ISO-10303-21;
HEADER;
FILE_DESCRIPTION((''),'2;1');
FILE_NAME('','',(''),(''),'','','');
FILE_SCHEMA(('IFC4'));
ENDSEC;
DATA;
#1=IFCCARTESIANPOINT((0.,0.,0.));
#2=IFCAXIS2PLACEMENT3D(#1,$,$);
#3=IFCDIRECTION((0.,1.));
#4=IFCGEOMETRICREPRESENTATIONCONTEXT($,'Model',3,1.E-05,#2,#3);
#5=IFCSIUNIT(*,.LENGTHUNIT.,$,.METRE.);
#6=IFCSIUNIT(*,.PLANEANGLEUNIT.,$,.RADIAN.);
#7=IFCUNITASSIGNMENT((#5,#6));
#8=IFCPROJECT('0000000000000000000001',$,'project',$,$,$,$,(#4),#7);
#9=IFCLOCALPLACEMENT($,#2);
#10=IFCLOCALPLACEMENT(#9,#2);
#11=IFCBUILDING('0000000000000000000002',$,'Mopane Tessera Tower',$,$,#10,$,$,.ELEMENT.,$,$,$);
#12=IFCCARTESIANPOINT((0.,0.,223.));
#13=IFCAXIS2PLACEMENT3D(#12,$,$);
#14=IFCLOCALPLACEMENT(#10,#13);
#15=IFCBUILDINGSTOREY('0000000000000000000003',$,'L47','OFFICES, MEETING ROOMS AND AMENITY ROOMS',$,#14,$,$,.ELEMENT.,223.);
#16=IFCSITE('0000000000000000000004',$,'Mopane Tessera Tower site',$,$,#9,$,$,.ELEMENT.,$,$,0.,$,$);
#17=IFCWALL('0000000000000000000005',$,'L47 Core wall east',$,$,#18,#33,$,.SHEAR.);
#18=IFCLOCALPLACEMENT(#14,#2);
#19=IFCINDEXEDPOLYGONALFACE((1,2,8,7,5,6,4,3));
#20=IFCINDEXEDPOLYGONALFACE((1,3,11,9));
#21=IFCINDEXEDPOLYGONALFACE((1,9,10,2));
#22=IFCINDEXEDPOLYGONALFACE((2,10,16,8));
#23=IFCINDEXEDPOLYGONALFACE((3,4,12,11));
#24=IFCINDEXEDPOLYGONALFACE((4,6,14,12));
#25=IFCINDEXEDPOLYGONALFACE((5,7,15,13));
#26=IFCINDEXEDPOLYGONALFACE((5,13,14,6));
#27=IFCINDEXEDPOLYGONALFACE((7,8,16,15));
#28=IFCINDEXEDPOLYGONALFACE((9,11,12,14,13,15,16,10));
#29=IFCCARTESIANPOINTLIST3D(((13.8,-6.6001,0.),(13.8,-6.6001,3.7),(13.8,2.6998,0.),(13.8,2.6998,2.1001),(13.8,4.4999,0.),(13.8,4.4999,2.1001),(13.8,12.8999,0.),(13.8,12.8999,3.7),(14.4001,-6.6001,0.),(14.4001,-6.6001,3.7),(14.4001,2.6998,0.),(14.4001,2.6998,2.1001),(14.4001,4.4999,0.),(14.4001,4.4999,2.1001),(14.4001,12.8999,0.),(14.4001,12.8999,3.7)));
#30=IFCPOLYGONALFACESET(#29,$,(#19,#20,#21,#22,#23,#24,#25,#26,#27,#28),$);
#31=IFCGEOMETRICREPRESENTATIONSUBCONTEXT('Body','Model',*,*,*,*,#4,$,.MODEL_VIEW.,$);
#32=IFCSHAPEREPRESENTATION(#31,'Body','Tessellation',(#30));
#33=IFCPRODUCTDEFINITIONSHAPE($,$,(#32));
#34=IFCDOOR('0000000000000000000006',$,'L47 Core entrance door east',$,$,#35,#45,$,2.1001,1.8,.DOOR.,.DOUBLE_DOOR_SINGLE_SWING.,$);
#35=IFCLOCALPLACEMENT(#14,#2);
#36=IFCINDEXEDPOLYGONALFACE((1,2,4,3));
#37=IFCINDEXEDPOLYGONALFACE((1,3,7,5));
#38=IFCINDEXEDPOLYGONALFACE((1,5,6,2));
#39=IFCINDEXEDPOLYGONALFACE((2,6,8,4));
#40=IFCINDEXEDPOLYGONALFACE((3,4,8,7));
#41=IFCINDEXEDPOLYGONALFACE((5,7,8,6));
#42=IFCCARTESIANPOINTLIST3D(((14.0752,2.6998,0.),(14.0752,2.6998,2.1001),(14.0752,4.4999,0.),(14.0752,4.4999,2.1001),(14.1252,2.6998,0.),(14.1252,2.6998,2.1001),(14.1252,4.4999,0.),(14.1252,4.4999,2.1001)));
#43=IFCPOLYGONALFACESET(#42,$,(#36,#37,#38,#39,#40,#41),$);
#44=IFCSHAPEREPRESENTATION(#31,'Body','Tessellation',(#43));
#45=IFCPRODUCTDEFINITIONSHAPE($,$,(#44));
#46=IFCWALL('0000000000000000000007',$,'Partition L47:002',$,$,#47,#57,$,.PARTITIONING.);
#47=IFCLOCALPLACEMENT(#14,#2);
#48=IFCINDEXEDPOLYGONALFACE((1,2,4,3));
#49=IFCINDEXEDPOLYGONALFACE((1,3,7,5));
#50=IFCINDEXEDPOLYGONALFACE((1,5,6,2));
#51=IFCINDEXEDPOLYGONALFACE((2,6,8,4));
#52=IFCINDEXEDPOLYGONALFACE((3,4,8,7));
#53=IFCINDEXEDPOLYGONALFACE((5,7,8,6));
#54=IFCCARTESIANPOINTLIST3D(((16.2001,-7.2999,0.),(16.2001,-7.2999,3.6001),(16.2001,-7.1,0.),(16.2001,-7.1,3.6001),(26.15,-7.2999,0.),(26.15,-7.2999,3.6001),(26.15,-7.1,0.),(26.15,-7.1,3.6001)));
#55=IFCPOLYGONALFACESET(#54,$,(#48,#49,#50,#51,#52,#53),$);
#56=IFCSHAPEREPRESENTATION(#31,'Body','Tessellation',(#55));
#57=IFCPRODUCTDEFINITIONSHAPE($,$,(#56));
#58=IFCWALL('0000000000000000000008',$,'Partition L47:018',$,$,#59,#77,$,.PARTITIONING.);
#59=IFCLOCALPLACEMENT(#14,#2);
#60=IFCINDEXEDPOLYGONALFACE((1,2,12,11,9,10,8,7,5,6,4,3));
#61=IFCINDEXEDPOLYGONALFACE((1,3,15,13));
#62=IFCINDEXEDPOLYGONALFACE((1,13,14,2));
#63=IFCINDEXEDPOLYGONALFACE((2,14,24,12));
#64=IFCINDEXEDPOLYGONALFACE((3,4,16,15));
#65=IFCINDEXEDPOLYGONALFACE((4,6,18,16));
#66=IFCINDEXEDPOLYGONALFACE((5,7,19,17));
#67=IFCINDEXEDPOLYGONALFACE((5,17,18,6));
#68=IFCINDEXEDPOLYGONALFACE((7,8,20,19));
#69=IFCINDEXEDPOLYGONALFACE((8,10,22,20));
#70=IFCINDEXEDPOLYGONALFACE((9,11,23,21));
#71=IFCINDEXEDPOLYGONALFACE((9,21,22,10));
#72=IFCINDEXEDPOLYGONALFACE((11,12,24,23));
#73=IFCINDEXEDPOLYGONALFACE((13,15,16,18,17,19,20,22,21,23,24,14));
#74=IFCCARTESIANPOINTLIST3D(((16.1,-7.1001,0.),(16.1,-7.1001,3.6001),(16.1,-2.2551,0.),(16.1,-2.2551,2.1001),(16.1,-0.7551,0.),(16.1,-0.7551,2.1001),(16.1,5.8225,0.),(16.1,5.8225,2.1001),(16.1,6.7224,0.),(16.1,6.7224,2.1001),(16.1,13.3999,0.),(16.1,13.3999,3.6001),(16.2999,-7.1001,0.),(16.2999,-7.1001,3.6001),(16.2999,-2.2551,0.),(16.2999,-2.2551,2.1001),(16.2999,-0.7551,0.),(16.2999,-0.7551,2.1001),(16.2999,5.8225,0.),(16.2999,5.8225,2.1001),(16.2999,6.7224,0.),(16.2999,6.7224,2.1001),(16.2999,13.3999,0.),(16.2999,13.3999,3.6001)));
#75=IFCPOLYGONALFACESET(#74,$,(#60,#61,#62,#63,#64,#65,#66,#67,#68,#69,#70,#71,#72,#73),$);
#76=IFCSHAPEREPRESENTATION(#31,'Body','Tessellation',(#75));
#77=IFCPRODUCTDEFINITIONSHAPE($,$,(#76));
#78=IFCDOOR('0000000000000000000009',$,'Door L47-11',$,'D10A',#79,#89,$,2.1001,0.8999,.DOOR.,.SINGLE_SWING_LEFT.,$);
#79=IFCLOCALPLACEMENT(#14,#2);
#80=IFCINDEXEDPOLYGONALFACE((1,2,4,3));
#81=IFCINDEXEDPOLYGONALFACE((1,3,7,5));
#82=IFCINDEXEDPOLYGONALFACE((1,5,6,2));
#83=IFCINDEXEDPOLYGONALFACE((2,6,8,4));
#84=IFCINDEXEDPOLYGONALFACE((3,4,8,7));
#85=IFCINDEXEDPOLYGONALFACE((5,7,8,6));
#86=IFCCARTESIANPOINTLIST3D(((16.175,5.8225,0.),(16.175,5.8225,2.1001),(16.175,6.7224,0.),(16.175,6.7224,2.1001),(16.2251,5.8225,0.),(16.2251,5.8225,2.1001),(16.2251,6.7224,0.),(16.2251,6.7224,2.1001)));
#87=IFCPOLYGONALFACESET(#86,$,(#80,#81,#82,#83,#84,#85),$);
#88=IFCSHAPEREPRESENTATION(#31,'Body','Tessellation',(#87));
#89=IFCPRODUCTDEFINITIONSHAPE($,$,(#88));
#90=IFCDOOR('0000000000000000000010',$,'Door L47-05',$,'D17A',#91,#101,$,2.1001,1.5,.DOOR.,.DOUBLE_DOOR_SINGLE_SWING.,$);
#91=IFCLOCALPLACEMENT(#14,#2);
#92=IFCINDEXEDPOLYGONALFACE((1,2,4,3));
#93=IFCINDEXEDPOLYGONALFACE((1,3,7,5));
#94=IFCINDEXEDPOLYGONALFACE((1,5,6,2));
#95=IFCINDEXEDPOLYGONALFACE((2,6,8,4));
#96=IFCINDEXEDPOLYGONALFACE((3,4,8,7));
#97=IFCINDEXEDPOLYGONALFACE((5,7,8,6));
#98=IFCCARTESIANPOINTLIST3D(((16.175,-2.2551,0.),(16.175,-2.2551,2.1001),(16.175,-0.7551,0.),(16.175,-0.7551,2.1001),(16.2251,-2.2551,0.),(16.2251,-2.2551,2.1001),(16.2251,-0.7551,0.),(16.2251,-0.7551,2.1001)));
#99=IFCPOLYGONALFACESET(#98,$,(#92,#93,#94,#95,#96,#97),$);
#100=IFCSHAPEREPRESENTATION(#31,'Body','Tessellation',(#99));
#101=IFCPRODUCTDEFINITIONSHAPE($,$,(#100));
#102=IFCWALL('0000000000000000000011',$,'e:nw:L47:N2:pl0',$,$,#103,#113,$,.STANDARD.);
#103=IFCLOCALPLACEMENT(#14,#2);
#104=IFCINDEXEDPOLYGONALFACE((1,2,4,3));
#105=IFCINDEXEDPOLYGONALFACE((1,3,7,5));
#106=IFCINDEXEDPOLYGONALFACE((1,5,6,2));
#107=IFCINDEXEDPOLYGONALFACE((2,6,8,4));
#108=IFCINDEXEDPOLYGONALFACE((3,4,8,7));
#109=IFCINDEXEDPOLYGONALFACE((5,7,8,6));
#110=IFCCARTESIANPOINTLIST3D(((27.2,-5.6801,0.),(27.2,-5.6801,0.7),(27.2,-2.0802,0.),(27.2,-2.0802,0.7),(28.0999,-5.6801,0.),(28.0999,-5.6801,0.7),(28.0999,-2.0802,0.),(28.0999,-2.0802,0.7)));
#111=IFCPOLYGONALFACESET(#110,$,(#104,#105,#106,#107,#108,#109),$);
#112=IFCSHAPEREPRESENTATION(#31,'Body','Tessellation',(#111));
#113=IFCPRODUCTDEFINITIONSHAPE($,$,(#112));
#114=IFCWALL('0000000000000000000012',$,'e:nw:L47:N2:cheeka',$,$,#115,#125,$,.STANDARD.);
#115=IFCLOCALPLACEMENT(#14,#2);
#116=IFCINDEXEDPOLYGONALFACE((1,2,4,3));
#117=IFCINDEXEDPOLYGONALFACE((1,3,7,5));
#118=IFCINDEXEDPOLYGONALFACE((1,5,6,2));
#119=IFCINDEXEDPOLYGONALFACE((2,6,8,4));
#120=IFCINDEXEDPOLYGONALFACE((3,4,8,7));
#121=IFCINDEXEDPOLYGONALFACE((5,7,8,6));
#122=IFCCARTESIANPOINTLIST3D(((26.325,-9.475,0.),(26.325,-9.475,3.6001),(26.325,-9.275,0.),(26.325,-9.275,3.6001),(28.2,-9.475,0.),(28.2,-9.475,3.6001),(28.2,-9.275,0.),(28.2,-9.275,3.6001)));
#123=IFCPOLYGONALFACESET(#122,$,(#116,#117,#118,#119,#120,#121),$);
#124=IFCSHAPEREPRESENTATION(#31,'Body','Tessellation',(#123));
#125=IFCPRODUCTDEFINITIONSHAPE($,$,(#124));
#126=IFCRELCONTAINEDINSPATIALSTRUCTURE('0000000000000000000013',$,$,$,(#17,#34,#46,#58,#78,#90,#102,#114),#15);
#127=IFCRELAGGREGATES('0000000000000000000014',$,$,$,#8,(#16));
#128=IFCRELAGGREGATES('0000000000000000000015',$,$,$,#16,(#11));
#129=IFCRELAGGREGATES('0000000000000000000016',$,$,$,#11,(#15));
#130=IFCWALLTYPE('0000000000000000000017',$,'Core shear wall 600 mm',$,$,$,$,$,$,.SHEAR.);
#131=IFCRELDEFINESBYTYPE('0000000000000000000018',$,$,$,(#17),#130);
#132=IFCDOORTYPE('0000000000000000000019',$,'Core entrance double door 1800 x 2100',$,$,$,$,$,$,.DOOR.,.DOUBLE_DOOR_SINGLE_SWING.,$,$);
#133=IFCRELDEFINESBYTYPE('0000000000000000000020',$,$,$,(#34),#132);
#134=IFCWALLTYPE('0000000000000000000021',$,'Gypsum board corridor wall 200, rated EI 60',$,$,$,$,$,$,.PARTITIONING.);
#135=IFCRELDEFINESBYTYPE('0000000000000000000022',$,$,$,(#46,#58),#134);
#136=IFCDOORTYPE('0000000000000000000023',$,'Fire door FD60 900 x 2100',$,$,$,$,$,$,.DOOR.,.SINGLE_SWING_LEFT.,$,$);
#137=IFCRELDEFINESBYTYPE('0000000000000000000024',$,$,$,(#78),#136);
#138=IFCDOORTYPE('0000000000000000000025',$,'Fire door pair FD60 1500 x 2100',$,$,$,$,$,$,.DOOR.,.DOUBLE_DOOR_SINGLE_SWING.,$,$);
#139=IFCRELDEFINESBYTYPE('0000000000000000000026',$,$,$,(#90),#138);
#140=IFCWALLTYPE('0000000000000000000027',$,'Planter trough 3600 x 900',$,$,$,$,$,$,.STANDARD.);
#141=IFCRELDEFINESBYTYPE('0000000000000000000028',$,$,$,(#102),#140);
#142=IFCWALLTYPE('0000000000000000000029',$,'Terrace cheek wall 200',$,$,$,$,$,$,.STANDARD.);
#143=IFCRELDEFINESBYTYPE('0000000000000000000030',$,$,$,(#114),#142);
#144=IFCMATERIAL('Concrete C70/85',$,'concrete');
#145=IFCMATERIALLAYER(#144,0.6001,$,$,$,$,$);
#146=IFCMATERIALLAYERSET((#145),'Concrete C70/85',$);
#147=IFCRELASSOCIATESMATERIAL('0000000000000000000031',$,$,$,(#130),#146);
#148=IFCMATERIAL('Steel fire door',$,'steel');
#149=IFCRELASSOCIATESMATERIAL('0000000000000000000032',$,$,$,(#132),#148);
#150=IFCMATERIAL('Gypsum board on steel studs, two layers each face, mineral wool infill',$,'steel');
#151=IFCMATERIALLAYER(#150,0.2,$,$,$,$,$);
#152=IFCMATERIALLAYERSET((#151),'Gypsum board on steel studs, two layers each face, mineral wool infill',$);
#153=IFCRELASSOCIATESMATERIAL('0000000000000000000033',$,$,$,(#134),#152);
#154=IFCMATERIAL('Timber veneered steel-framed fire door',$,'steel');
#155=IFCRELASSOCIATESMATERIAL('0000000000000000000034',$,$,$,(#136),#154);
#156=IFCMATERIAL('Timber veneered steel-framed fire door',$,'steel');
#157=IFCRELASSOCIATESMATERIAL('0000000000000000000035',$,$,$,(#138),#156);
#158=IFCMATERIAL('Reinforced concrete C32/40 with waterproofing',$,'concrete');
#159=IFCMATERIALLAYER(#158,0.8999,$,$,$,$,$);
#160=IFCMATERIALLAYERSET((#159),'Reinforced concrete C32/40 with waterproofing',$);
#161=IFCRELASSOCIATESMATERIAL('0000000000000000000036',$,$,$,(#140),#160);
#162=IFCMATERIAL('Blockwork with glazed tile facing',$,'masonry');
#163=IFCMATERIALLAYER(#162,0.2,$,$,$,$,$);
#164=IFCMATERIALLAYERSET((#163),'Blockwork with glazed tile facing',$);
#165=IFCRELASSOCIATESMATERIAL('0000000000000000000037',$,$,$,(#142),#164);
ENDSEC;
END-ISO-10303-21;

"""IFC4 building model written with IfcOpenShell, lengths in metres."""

from ifc_helpers import new_model, si_unit, direction, frame, frame_2d, origin, place, context, subcontext, project, spatial, rectangle, extrude, material, layer, layer_set, type_object, element, fill, save


model = new_model("IFC4")

# Units and contexts
model_context = context("Model", 3, precision=1e-05, world=origin(), true_north=direction((0.0, 1.0)))
body_context = subcontext(model_context, "Body", "Model", "MODEL_VIEW")
ifc_project = project(units=[si_unit("LENGTHUNIT", "METRE"), si_unit("PLANEANGLEUNIT", "RADIAN")], contexts=[model_context])

# Site, building, storey
site_placement = place(None, origin())
site = spatial("IfcSite", under=ifc_project, at=site_placement, Name="Mopane Tessera Tower site", CompositionType="ELEMENT", RefElevation=0.0)
building_placement = place(site_placement, origin())
building = spatial("IfcBuilding", under=site, at=building_placement, Name="Mopane Tessera Tower", CompositionType="ELEMENT")
storey_placement = place(building_placement, frame((0.0, 0.0, 223.0)))
storey = spatial("IfcBuildingStorey", under=building, at=storey_placement, Name="L47", Description="OFFICES, MEETING ROOMS AND AMENITY ROOMS", CompositionType="ELEMENT", Elevation=223.0)

# Wall, opening, door
ifc_material_1 = material(Name="Concrete C70/85", Category="concrete")
ifc_layer_1 = layer(ifc_material_1, 0.6001)
ifc_layer_set_1 = layer_set([ifc_layer_1], Name="Concrete C70/85")
wall_type_1 = type_object("IfcWallType", Name="Core shear wall 600 mm", PredefinedType="SHEAR", material=ifc_layer_set_1)
wall_1_placement = place(storey_placement, frame((14.1001, -6.6001, 0.0), z_axis=(0.0, 0.0, 1.0), x_axis=(0.0, 1.0, 0.0)))
wall_1 = element("IfcWall", 1, at=wall_1_placement, inside=storey, type_object=wall_type_1, Name="L47 Core wall east", PredefinedType="SHEAR", context=body_context, shape_type="SweptSolid", body=[
    extrude(rectangle(XDim=19.5, YDim=0.6001, at=frame_2d((9.75, 0.0))), origin(), (0.0, 0.0, 1.0), 3.7),
])
opening_1_placement = place(wall_1_placement, frame((9.3, 0.0, 0.0)))
opening_1 = element("IfcOpeningElement", 2, at=opening_1_placement, cuts=wall_1, PredefinedType="OPENING", context=body_context, shape_type="SweptSolid", body=[
    extrude(rectangle(XDim=1.8, YDim=2.1001, at=frame_2d((0.8999, 1.05))), frame((0.0, 0.312, 0.0), z_axis=(0.0, -1.0, 0.0), x_axis=(1.0, 0.0, 0.0)), (0.0, 0.0, 1.0), 0.624),
])
ifc_material_2 = material(Name="Steel fire door", Category="steel")
door_type_1 = type_object("IfcDoorType", Name="Core entrance double door 1800 x 2100", OperationType="DOUBLE_DOOR_SINGLE_SWING", PredefinedType="DOOR", material=ifc_material_2)
door_1_placement = place(opening_1_placement, origin())
door_1 = element("IfcDoor", 3, at=door_1_placement, inside=storey, type_object=door_type_1, Name="L47 Core entrance door east", OperationType="DOUBLE_DOOR_SINGLE_SWING", OverallHeight=2.1001, OverallWidth=1.8, PredefinedType="DOOR", context=body_context, shape_type="SweptSolid", body=[
    extrude(rectangle(XDim=1.8, YDim=2.1001, at=frame_2d((0.8999, 1.05))), frame((0.0, 0.0249, 0.0), z_axis=(0.0, -1.0, 0.0), x_axis=(1.0, 0.0, 0.0)), (0.0, 0.0, 1.0), 0.05),
])
fill(opening_1, door_1)

# Wall
ifc_material_3 = material(Name="Gypsum board on steel studs, two layers each face, mineral wool infill", Category="steel")
ifc_layer_2 = layer(ifc_material_3, 0.2)
ifc_layer_set_2 = layer_set([ifc_layer_2], Name="Gypsum board on steel studs, two layers each face, mineral wool infill")
wall_type_2 = type_object("IfcWallType", Name="Gypsum board corridor wall 200, rated EI 60", PredefinedType="PARTITIONING", material=ifc_layer_set_2)
wall_2_placement = place(storey_placement, frame((16.2, -7.2, 0.0), z_axis=(0.0, 0.0, 1.0), x_axis=(1.0, 0.0, 0.0)))
element("IfcWall", 4, at=wall_2_placement, inside=storey, type_object=wall_type_2, Name="Partition L47:002", PredefinedType="PARTITIONING", context=body_context, shape_type="SweptSolid", body=[
    extrude(rectangle(XDim=9.95, YDim=0.2, at=frame_2d((4.9751, 0.0))), origin(), (0.0, 0.0, 1.0), 3.6001),
])

# Wall, openings, doors
wall_3_placement = place(storey_placement, frame((16.2, -7.1001, 0.0), z_axis=(0.0, 0.0, 1.0), x_axis=(0.0, 1.0, 0.0)))
wall_3 = element("IfcWall", 5, at=wall_3_placement, inside=storey, type_object=wall_type_2, Name="Partition L47:018", PredefinedType="PARTITIONING", context=body_context, shape_type="SweptSolid", body=[
    extrude(rectangle(XDim=20.5, YDim=0.2, at=frame_2d((10.25, 0.0))), origin(), (0.0, 0.0, 1.0), 3.6001),
])
opening_2_placement = place(wall_3_placement, frame((4.845, 0.0, 0.0)))
opening_2 = element("IfcOpeningElement", 6, at=opening_2_placement, cuts=wall_3, PredefinedType="OPENING", context=body_context, shape_type="SweptSolid", body=[
    extrude(rectangle(XDim=1.5, YDim=2.1001, at=frame_2d((0.75, 1.05))), frame((0.0, 0.1121, 0.0), z_axis=(0.0, -1.0, 0.0), x_axis=(1.0, 0.0, 0.0)), (0.0, 0.0, 1.0), 0.2239),
])
opening_3_placement = place(wall_3_placement, frame((12.9226, 0.0, 0.0)))
opening_3 = element("IfcOpeningElement", 7, at=opening_3_placement, cuts=wall_3, PredefinedType="OPENING", context=body_context, shape_type="SweptSolid", body=[
    extrude(rectangle(XDim=0.8999, YDim=2.1001, at=frame_2d((0.45, 1.05))), frame((0.0, 0.1121, 0.0), z_axis=(0.0, -1.0, 0.0), x_axis=(1.0, 0.0, 0.0)), (0.0, 0.0, 1.0), 0.2239),
])
ifc_material_4 = material(Name="Timber veneered steel-framed fire door", Category="steel")
door_type_2 = type_object("IfcDoorType", Name="Fire door FD60 900 x 2100", OperationType="SINGLE_SWING_LEFT", PredefinedType="DOOR", material=ifc_material_4)
door_2_placement = place(opening_3_placement, origin())
door_2 = element("IfcDoor", 8, at=door_2_placement, inside=storey, type_object=door_type_2, Name="Door L47-11", ObjectType="D10A", OperationType="SINGLE_SWING_LEFT", OverallHeight=2.1001, OverallWidth=0.8999, PredefinedType="DOOR", context=body_context, shape_type="SweptSolid", body=[
    extrude(rectangle(XDim=0.8999, YDim=2.1001, at=frame_2d((0.45, 1.05))), frame((0.0, 0.0249, 0.0), z_axis=(0.0, -1.0, 0.0), x_axis=(1.0, 0.0, 0.0)), (0.0, 0.0, 1.0), 0.05),
])
fill(opening_3, door_2)
ifc_material_5 = material(Name="Timber veneered steel-framed fire door", Category="steel")
door_type_3 = type_object("IfcDoorType", Name="Fire door pair FD60 1500 x 2100", OperationType="DOUBLE_DOOR_SINGLE_SWING", PredefinedType="DOOR", material=ifc_material_5)
door_3_placement = place(opening_2_placement, origin())
door_3 = element("IfcDoor", 9, at=door_3_placement, inside=storey, type_object=door_type_3, Name="Door L47-05", ObjectType="D17A", OperationType="DOUBLE_DOOR_SINGLE_SWING", OverallHeight=2.1001, OverallWidth=1.5, PredefinedType="DOOR", context=body_context, shape_type="SweptSolid", body=[
    extrude(rectangle(XDim=1.5, YDim=2.1001, at=frame_2d((0.75, 1.05))), frame((0.0, 0.0249, 0.0), z_axis=(0.0, -1.0, 0.0), x_axis=(1.0, 0.0, 0.0)), (0.0, 0.0, 1.0), 0.05),
])
fill(opening_2, door_3)

# Walls
ifc_material_6 = material(Name="Reinforced concrete C32/40 with waterproofing", Category="concrete")
ifc_layer_3 = layer(ifc_material_6, 0.8999)
ifc_layer_set_3 = layer_set([ifc_layer_3], Name="Reinforced concrete C32/40 with waterproofing")
wall_type_3 = type_object("IfcWallType", Name="Planter trough 3600 x 900", PredefinedType="STANDARD", material=ifc_layer_set_3)
wall_4_placement = place(storey_placement, frame((27.6499, -5.6799, 0.0), z_axis=(0.0, 0.0, 1.0), x_axis=(0.0, 1.0, 0.0)))
element("IfcWall", 10, at=wall_4_placement, inside=storey, type_object=wall_type_3, Name="e:nw:L47:N2:pl0", PredefinedType="STANDARD", context=body_context, shape_type="SweptSolid", body=[
    extrude(rectangle(XDim=3.5999, YDim=0.8999, at=frame_2d((1.7998, 0.0))), origin(), (0.0, 0.0, 1.0), 0.7),
])
ifc_material_7 = material(Name="Blockwork with glazed tile facing", Category="masonry")
ifc_layer_4 = layer(ifc_material_7, 0.2)
ifc_layer_set_4 = layer_set([ifc_layer_4], Name="Blockwork with glazed tile facing")
wall_type_4 = type_object("IfcWallType", Name="Terrace cheek wall 200", PredefinedType="STANDARD", material=ifc_layer_set_4)
wall_5_placement = place(storey_placement, frame((28.2, -9.375, 0.0), z_axis=(0.0, 0.0, 1.0), x_axis=(-1.0, 0.0, 0.0)))
element("IfcWall", 11, at=wall_5_placement, inside=storey, type_object=wall_type_4, Name="e:nw:L47:N2:cheeka", PredefinedType="STANDARD", context=body_context, shape_type="SweptSolid", body=[
    extrude(rectangle(XDim=1.875, YDim=0.2, at=frame_2d((0.9375, 0.0))), origin(), (0.0, 0.0, 1.0), 3.6001),
])

save(model, "model.ifc")
